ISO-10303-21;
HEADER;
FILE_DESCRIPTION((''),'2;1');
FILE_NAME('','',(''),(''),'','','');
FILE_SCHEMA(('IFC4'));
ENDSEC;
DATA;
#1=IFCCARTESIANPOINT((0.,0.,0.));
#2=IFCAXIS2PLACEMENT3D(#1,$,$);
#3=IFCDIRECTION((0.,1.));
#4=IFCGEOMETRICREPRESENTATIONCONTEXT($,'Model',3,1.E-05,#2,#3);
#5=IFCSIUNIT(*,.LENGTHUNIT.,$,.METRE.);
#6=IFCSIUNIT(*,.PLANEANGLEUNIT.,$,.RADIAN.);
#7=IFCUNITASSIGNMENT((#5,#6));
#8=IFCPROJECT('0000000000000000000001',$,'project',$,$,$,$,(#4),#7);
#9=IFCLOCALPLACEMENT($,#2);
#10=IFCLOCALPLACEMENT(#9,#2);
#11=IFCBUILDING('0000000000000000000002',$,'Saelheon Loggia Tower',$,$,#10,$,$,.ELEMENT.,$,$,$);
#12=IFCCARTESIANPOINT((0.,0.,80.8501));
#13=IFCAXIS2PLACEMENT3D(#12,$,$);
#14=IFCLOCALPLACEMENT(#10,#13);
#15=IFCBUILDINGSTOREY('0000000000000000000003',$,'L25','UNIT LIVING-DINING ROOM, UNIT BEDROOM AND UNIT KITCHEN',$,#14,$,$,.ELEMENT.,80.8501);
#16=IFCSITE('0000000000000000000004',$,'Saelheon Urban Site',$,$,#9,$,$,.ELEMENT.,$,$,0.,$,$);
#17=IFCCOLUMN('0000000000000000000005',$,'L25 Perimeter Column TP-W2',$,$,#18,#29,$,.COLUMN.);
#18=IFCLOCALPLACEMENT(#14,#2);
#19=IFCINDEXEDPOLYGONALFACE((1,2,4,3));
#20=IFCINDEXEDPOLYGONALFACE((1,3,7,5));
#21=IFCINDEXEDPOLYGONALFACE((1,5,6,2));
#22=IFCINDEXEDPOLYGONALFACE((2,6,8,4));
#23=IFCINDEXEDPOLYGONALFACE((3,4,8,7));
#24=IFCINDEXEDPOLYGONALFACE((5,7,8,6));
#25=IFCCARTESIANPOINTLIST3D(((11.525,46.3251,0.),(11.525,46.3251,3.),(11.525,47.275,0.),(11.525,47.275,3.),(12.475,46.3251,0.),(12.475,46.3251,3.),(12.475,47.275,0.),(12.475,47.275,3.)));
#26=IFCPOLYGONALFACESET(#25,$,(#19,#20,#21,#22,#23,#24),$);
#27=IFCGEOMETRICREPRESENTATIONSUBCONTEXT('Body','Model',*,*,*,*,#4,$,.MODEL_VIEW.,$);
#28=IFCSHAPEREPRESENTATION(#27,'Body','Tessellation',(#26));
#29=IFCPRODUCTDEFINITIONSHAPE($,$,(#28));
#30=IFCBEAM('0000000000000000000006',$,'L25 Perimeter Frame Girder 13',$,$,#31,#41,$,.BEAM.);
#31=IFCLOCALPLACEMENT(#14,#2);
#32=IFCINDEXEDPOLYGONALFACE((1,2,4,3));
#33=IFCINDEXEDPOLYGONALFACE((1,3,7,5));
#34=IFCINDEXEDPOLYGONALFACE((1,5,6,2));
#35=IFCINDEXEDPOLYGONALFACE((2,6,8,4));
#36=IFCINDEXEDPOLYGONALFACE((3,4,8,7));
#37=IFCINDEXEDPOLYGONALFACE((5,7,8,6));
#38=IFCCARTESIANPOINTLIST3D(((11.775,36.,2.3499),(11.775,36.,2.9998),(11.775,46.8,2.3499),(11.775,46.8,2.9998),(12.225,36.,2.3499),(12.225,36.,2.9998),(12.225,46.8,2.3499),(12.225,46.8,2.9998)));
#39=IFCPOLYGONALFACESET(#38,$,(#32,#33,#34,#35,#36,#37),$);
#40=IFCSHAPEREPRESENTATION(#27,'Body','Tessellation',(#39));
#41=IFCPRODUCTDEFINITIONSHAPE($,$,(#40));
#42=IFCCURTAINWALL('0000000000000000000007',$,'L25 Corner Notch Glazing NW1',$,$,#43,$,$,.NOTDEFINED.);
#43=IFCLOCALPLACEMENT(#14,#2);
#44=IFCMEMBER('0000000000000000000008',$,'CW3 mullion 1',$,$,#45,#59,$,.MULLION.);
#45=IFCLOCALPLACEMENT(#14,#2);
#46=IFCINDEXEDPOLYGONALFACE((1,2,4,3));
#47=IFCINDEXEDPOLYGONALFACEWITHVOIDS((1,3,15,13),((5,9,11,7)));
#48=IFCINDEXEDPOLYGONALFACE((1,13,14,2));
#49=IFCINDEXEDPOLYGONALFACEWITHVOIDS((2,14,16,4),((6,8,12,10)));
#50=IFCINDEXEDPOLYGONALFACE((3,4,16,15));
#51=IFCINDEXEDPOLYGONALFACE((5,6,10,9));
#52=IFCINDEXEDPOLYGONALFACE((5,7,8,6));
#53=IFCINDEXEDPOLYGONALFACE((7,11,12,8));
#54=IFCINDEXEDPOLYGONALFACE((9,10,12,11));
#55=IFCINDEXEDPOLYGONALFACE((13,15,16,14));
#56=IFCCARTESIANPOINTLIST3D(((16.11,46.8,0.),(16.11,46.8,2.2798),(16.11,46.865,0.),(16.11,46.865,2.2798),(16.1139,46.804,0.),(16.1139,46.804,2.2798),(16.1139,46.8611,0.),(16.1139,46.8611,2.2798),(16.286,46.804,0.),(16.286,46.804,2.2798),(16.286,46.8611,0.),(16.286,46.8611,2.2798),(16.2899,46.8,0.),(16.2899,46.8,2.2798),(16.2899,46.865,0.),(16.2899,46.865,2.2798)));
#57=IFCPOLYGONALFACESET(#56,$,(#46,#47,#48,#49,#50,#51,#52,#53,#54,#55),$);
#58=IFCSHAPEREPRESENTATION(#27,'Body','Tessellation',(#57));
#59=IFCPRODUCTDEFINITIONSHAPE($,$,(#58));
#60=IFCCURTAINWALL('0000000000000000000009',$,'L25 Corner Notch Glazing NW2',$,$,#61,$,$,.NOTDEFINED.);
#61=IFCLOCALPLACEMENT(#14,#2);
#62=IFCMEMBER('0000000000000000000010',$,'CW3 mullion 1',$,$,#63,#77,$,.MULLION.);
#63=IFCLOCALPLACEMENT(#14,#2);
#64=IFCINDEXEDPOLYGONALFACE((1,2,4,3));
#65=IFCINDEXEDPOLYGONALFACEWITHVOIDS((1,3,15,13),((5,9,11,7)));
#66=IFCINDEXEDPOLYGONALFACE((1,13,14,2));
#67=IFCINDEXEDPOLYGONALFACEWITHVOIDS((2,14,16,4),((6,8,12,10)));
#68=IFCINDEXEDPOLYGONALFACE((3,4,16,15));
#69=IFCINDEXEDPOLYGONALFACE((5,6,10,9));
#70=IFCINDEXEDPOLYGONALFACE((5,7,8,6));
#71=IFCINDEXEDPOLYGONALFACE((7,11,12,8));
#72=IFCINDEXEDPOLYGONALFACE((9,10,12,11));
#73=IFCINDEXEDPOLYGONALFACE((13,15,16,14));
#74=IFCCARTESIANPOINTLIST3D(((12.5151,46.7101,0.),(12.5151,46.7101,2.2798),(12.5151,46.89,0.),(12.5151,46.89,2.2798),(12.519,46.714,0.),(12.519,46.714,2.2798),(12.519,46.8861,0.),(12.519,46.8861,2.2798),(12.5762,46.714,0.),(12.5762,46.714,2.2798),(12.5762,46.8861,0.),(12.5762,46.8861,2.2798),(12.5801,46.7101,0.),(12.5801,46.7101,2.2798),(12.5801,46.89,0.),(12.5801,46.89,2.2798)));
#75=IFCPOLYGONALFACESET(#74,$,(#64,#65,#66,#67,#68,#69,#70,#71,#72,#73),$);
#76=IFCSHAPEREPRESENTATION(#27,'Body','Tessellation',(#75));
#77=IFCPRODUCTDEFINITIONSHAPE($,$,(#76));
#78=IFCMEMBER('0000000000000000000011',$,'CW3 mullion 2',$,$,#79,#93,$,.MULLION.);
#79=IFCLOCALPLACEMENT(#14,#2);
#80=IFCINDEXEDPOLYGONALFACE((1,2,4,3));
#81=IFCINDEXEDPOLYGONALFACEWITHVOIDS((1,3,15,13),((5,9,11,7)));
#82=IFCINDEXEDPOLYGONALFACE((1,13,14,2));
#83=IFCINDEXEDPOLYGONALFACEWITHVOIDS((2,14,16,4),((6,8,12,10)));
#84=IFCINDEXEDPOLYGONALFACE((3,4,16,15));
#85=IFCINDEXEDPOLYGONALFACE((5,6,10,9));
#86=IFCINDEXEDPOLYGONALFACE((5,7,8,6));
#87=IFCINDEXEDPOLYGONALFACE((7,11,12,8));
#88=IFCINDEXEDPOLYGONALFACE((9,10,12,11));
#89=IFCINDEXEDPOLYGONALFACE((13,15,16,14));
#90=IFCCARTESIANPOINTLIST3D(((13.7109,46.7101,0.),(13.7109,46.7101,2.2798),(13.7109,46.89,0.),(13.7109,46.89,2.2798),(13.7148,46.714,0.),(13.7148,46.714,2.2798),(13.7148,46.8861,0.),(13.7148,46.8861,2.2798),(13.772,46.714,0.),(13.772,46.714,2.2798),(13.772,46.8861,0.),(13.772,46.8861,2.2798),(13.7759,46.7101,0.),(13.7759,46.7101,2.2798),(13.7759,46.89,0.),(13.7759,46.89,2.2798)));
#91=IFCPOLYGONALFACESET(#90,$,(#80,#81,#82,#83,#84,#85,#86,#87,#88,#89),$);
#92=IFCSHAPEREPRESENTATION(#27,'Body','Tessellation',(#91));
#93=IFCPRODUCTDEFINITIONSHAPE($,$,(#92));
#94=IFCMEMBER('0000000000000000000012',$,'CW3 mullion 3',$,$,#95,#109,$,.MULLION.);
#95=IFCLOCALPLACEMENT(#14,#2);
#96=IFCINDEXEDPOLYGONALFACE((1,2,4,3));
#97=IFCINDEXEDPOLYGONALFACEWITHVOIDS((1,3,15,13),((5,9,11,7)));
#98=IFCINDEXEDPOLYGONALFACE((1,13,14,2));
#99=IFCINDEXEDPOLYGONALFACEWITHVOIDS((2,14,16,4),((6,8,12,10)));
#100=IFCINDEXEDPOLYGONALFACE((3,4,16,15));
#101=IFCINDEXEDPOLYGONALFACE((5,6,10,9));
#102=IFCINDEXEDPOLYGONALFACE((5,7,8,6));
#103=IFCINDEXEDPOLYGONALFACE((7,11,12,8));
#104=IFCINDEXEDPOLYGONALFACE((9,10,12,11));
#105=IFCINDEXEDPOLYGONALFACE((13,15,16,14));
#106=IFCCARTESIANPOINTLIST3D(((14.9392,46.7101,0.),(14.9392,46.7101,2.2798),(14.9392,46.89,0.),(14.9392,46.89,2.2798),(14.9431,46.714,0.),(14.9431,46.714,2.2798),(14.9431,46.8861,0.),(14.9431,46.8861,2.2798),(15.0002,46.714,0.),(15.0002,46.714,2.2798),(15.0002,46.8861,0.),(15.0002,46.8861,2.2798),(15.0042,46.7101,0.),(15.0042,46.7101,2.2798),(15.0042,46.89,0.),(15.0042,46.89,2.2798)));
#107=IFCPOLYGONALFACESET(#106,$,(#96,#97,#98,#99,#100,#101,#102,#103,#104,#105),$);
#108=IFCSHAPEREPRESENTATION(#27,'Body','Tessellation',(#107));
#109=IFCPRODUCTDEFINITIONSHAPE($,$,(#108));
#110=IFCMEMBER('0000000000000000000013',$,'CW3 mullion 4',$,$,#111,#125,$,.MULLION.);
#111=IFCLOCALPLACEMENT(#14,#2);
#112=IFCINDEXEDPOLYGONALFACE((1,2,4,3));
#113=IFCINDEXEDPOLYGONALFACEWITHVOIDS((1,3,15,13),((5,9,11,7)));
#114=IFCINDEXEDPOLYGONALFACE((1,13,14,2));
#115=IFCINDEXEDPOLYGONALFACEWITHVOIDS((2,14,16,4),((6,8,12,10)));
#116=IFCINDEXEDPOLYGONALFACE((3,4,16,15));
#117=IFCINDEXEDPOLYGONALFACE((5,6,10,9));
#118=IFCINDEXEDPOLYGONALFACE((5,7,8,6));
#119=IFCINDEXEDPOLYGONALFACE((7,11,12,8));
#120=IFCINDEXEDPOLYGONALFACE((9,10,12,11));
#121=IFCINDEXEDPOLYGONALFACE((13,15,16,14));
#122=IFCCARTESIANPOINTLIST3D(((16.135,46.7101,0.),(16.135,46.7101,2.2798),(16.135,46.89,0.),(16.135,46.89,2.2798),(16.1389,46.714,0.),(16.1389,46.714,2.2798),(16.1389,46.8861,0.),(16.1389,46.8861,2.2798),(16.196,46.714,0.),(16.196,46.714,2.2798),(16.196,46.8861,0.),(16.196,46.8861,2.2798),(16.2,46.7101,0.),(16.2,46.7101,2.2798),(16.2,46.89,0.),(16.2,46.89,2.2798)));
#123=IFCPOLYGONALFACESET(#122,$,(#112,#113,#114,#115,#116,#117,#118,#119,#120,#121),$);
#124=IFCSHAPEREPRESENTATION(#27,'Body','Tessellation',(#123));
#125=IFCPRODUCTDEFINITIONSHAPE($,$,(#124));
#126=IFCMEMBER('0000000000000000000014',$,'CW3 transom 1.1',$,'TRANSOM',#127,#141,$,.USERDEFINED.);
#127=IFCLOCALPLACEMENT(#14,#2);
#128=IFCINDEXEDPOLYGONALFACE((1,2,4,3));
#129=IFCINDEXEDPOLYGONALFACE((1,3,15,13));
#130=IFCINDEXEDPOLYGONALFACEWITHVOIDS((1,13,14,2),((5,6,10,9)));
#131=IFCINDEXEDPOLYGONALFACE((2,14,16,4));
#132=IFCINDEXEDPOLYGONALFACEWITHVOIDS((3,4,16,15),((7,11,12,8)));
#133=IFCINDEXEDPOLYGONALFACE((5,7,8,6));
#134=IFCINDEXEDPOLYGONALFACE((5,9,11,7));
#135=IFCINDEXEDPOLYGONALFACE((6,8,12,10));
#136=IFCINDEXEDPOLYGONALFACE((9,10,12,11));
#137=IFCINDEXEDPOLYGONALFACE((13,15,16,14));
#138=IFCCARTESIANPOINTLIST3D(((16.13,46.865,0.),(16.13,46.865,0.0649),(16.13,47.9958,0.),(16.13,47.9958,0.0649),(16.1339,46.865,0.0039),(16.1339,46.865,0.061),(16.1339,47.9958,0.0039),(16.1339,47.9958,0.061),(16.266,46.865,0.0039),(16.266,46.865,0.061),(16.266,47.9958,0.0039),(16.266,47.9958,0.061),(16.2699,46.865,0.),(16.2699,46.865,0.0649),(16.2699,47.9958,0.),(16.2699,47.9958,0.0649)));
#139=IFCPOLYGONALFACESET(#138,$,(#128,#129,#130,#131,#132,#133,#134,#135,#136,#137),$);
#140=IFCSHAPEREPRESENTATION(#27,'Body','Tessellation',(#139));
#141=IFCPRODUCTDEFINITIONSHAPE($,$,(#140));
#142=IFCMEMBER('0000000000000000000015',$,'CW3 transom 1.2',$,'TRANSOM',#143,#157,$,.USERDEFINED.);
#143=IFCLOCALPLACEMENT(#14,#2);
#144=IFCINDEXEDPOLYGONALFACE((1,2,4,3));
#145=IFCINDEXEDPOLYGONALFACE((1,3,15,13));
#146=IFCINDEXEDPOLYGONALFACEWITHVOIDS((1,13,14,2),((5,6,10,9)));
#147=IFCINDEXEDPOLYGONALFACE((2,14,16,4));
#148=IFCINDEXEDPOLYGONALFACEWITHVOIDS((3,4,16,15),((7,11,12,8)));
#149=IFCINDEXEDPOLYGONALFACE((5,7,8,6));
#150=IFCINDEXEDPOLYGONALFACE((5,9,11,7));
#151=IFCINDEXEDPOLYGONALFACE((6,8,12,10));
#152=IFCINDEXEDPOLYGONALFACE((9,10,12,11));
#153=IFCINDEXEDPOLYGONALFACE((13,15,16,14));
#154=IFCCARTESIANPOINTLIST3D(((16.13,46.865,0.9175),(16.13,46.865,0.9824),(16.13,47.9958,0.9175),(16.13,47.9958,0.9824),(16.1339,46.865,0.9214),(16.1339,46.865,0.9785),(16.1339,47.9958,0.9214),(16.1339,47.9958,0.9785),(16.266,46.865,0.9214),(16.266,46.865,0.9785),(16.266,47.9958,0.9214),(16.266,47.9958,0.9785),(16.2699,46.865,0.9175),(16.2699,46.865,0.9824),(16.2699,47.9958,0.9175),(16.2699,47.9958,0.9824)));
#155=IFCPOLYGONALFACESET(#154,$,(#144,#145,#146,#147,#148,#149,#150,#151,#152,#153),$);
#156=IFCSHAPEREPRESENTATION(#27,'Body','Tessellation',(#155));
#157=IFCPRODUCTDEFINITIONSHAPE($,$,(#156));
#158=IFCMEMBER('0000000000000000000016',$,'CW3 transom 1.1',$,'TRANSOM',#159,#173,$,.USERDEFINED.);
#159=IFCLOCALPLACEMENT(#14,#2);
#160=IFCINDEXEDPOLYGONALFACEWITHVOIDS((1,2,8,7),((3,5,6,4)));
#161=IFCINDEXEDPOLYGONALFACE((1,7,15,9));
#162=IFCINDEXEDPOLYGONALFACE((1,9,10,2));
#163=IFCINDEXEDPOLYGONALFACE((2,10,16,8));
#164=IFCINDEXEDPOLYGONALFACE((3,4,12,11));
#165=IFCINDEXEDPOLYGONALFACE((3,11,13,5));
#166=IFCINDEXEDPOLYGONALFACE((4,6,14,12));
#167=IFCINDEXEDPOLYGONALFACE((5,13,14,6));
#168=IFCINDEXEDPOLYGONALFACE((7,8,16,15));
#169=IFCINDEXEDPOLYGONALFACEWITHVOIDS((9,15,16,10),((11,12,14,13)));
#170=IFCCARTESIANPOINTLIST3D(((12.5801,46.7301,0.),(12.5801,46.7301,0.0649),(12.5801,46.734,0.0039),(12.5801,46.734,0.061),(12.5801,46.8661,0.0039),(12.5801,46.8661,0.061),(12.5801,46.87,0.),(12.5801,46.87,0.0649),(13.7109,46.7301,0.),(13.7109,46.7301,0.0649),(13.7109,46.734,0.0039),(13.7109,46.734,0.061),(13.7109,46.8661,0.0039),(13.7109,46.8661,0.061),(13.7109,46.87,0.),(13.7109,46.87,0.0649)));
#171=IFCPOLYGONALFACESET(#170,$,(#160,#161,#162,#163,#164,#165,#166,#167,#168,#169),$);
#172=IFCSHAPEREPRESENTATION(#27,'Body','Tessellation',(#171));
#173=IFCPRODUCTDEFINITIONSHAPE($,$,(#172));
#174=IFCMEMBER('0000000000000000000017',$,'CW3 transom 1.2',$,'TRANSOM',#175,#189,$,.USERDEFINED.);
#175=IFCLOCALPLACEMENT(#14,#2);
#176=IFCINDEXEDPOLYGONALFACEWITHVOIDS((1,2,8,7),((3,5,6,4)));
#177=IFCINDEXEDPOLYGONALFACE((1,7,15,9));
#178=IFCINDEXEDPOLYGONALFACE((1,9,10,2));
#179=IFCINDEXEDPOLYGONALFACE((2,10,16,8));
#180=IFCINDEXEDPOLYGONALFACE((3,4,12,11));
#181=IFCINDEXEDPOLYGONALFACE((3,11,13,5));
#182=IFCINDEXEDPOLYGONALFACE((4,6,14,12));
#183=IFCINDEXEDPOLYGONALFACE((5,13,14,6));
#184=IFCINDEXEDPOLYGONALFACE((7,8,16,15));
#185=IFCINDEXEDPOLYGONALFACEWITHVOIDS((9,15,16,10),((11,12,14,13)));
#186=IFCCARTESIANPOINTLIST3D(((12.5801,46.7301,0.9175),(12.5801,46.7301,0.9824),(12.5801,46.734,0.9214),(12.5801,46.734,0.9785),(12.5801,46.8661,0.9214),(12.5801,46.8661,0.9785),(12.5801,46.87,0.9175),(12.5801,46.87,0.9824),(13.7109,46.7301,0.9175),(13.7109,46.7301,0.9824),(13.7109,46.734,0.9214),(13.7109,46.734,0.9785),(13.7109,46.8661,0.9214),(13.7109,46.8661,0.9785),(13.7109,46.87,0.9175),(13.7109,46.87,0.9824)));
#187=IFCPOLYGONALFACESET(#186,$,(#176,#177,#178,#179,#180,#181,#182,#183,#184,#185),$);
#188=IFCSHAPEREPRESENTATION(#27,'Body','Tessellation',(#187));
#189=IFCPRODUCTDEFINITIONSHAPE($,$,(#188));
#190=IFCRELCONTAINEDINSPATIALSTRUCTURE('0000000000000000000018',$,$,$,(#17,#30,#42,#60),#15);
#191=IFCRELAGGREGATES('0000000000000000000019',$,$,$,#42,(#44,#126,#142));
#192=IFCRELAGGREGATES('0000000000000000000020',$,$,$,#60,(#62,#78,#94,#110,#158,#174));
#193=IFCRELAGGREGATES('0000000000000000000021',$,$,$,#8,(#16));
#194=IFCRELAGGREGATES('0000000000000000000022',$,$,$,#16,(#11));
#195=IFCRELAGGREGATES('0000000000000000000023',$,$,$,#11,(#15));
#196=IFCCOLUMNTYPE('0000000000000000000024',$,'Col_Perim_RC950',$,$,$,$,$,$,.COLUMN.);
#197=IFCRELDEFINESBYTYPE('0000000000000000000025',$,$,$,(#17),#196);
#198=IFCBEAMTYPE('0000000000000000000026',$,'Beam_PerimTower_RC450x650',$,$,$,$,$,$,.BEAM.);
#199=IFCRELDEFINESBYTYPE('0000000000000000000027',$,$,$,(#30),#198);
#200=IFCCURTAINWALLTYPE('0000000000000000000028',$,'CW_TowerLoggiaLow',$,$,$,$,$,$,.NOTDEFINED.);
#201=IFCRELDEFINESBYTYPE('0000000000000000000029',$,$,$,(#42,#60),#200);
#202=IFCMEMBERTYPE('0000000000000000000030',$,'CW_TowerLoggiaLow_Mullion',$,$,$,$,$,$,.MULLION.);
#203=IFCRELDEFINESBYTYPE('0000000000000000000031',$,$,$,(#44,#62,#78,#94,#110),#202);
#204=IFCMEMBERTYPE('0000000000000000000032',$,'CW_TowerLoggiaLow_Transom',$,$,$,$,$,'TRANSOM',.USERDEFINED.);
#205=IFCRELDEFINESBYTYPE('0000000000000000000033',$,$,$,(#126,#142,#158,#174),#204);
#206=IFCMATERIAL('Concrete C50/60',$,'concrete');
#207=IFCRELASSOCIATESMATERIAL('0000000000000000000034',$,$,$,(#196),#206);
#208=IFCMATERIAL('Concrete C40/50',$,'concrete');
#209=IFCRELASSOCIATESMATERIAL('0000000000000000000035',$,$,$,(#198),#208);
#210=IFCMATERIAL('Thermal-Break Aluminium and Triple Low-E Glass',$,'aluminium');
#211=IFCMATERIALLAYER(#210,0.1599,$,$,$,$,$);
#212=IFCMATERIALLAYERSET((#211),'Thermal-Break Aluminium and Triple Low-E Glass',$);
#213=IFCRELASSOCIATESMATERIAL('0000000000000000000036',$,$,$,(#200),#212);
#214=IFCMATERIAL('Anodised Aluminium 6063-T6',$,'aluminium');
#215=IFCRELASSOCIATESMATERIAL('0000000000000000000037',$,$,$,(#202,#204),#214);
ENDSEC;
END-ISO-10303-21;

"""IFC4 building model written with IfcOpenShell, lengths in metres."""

from ifc_helpers import new_model, si_unit, direction, frame, origin, origin_2d, place, context, subcontext, project, spatial, rectangle, hollow_rectangle, extrude, source, transform, mapped, material, layer, layer_set, material_profile, profile_set, type_object, element, aggregate, save


model = new_model("IFC4")

# Units and contexts
model_context = context("Model", 3, precision=1e-05, world=origin(), true_north=direction((0.0, 1.0)))
body_context = subcontext(model_context, "Body", "Model", "MODEL_VIEW")
ifc_project = project(units=[si_unit("LENGTHUNIT", "METRE"), si_unit("PLANEANGLEUNIT", "RADIAN")], contexts=[model_context])

# Site, building, storey
site_placement = place(None, origin())
site = spatial("IfcSite", under=ifc_project, at=site_placement, Name="Saelheon Urban Site", CompositionType="ELEMENT", RefElevation=0.0)
building_placement = place(site_placement, origin())
building = spatial("IfcBuilding", under=site, at=building_placement, Name="Saelheon Loggia Tower", CompositionType="ELEMENT")
storey_placement = place(building_placement, frame((0.0, 0.0, 80.8501)))
storey = spatial("IfcBuildingStorey", under=building, at=storey_placement, Name="L25", Description="UNIT LIVING-DINING ROOM, UNIT BEDROOM AND UNIT KITCHEN", CompositionType="ELEMENT", Elevation=80.8501)

# Column
ifc_material_1 = material(Name="Concrete C50/60", Category="concrete")
ifc_material_profile_1 = material_profile(ifc_material_1, rectangle(XDim=0.95, YDim=0.95, at=origin_2d()), Name="RC-950x950")
ifc_profile_set_1 = profile_set([ifc_material_profile_1], Name="Concrete C50/60")
column_type = type_object("IfcColumnType", Name="Col_Perim_RC950", PredefinedType="COLUMN", material=ifc_profile_set_1)
shared_shape_1 = source(origin(), body_context, "Body", "SweptSolid", [
    extrude(rectangle(XDim=0.95, YDim=0.95, at=origin_2d()), origin(), (0.0, 0.0, 1.0), 3.0),
])
column_placement = place(storey_placement, frame((12.0, 46.8, 0.0), z_axis=(0.0, 0.0, 1.0), x_axis=(1.0, 0.0, 0.0)))
element("IfcColumn", 1, at=column_placement, inside=storey, type_object=column_type, Name="L25 Perimeter Column TP-W2", PredefinedType="COLUMN", context=body_context, shape_type="MappedRepresentation", body=[
    mapped(shared_shape_1, transform((0.0, 0.0, 0.0), scale=1.0)),
])

# Beam
ifc_material_2 = material(Name="Concrete C40/50", Category="concrete")
ifc_material_profile_2 = material_profile(ifc_material_2, rectangle(XDim=0.45, YDim=0.6499, at=origin_2d()), Name="RC-450x650")
ifc_profile_set_2 = profile_set([ifc_material_profile_2], Name="Concrete C40/50")
beam_type = type_object("IfcBeamType", Name="Beam_PerimTower_RC450x650", PredefinedType="BEAM", material=ifc_profile_set_2)
shared_shape_2 = source(origin(), body_context, "Body", "SweptSolid", [
    extrude(rectangle(XDim=0.45, YDim=0.6499, at=origin_2d()), origin(), (0.0, 0.0, 1.0), 10.8),
])
beam_placement = place(storey_placement, frame((12.0, 46.8, 2.6748), z_axis=(0.0, -1.0, 0.0), x_axis=(1.0, 0.0, 0.0)))
element("IfcBeam", 2, at=beam_placement, inside=storey, type_object=beam_type, Name="L25 Perimeter Frame Girder 13", PredefinedType="BEAM", context=body_context, shape_type="MappedRepresentation", body=[
    mapped(shared_shape_2, transform((0.0, 0.0, 0.0), scale=1.0)),
])

# Curtain wall, member
ifc_material_3 = material(Name="Thermal-Break Aluminium and Triple Low-E Glass", Category="aluminium")
ifc_layer_1 = layer(ifc_material_3, 0.1599)
ifc_layer_set_1 = layer_set([ifc_layer_1], Name="Thermal-Break Aluminium and Triple Low-E Glass")
curtain_wall_type = type_object("IfcCurtainWallType", Name="CW_TowerLoggiaLow", PredefinedType="NOTDEFINED", material=ifc_layer_set_1)
curtain_wall_1_placement = place(storey_placement, origin())
curtain_wall_1 = element("IfcCurtainWall", 3, at=curtain_wall_1_placement, inside=storey, type_object=curtain_wall_type, Name="L25 Corner Notch Glazing NW1", PredefinedType="NOTDEFINED")
ifc_material_4 = material(Name="Anodised Aluminium 6063-T6", Category="aluminium")
ifc_material_profile_3 = material_profile(ifc_material_4, hollow_rectangle(XDim=0.0649, YDim=0.1799, WallThickness=0.0039, at=origin_2d()), Name="RHS-180x65x4")
ifc_profile_set_3 = profile_set([ifc_material_profile_3], Name="Anodised Aluminium 6063-T6")
member_type_1 = type_object("IfcMemberType", Name="CW_TowerLoggiaLow_Mullion", PredefinedType="MULLION", material=ifc_profile_set_3)
shared_shape_3 = source(origin(), body_context, "Body", "SweptSolid", [
    extrude(hollow_rectangle(XDim=0.0649, YDim=0.1799, WallThickness=0.0039, at=origin_2d()), origin(), (0.0, 0.0, 1.0), 2.2798),
])
member_1_placement = place(storey_placement, frame((16.2, 46.8325, 0.0), z_axis=(0.0, 0.0, 1.0), x_axis=(0.0, 1.0, 0.0)))
member_1 = element("IfcMember", 4, at=member_1_placement, type_object=member_type_1, Name="CW3 mullion 1", PredefinedType="MULLION", context=body_context, shape_type="MappedRepresentation", body=[
    mapped(shared_shape_3, transform((0.0, 0.0, 0.0), scale=1.0)),
])

# Curtain wall, members
curtain_wall_2_placement = place(storey_placement, origin())
curtain_wall_2 = element("IfcCurtainWall", 5, at=curtain_wall_2_placement, inside=storey, type_object=curtain_wall_type, Name="L25 Corner Notch Glazing NW2", PredefinedType="NOTDEFINED")
member_2_placement = place(storey_placement, frame((12.5476, 46.8, 0.0), z_axis=(0.0, 0.0, 1.0), x_axis=(1.0, 0.0, 0.0)))
member_2 = element("IfcMember", 6, at=member_2_placement, type_object=member_type_1, Name="CW3 mullion 1", PredefinedType="MULLION", context=body_context, shape_type="MappedRepresentation", body=[
    mapped(shared_shape_3, transform((0.0, 0.0, 0.0), scale=1.0)),
])
member_3_placement = place(storey_placement, frame((13.7434, 46.8, 0.0), z_axis=(0.0, 0.0, 1.0), x_axis=(1.0, 0.0, 0.0)))
member_3 = element("IfcMember", 7, at=member_3_placement, type_object=member_type_1, Name="CW3 mullion 2", PredefinedType="MULLION", context=body_context, shape_type="MappedRepresentation", body=[
    mapped(shared_shape_3, transform((0.0, 0.0, 0.0), scale=1.0)),
])
member_4_placement = place(storey_placement, frame((14.9717, 46.8, 0.0), z_axis=(0.0, 0.0, 1.0), x_axis=(1.0, 0.0, 0.0)))
member_4 = element("IfcMember", 8, at=member_4_placement, type_object=member_type_1, Name="CW3 mullion 3", PredefinedType="MULLION", context=body_context, shape_type="MappedRepresentation", body=[
    mapped(shared_shape_3, transform((0.0, 0.0, 0.0), scale=1.0)),
])
member_5_placement = place(storey_placement, frame((16.1675, 46.8, 0.0), z_axis=(0.0, 0.0, 1.0), x_axis=(1.0, 0.0, 0.0)))
member_5 = element("IfcMember", 9, at=member_5_placement, type_object=member_type_1, Name="CW3 mullion 4", PredefinedType="MULLION", context=body_context, shape_type="MappedRepresentation", body=[
    mapped(shared_shape_3, transform((0.0, 0.0, 0.0), scale=1.0)),
])

# Members
ifc_material_profile_4 = material_profile(ifc_material_4, hollow_rectangle(XDim=0.0649, YDim=0.1399, WallThickness=0.0039, at=origin_2d()), Name="RHS-140x65x4")
ifc_profile_set_4 = profile_set([ifc_material_profile_4], Name="Anodised Aluminium 6063-T6")
member_type_2 = type_object("IfcMemberType", Name="CW_TowerLoggiaLow_Transom", ElementType="TRANSOM", PredefinedType="USERDEFINED", material=ifc_profile_set_4)
shared_shape_4 = source(origin(), body_context, "Body", "SweptSolid", [
    extrude(hollow_rectangle(XDim=0.0649, YDim=0.1399, WallThickness=0.0039, at=origin_2d()), origin(), (0.0, 0.0, 1.0), 1.1309),
])
member_6_placement = place(storey_placement, frame((16.2, 46.865, 0.0325), z_axis=(0.0, 1.0, 0.0), x_axis=(0.0, 0.0, 1.0)))
member_6 = element("IfcMember", 10, at=member_6_placement, type_object=member_type_2, Name="CW3 transom 1.1", ObjectType="TRANSOM", PredefinedType="USERDEFINED", context=body_context, shape_type="MappedRepresentation", body=[
    mapped(shared_shape_4, transform((0.0, 0.0, 0.0), scale=1.0)),
])
member_7_placement = place(storey_placement, frame((16.2, 46.865, 0.95), z_axis=(0.0, 1.0, 0.0), x_axis=(0.0, 0.0, 1.0)))
member_7 = element("IfcMember", 11, at=member_7_placement, type_object=member_type_2, Name="CW3 transom 1.2", ObjectType="TRANSOM", PredefinedType="USERDEFINED", context=body_context, shape_type="MappedRepresentation", body=[
    mapped(shared_shape_4, transform((0.0, 0.0, 0.0), scale=1.0)),
])
aggregate(curtain_wall_1, [member_1, member_6, member_7])
member_8_placement = place(storey_placement, frame((12.5801, 46.8, 0.0325), z_axis=(1.0, 0.0, 0.0), x_axis=(0.0, 0.0, 1.0)))
member_8 = element("IfcMember", 12, at=member_8_placement, type_object=member_type_2, Name="CW3 transom 1.1", ObjectType="TRANSOM", PredefinedType="USERDEFINED", context=body_context, shape_type="MappedRepresentation", body=[
    mapped(shared_shape_4, transform((0.0, 0.0, 0.0), scale=1.0)),
])
member_9_placement = place(storey_placement, frame((12.5801, 46.8, 0.95), z_axis=(1.0, 0.0, 0.0), x_axis=(0.0, 0.0, 1.0)))
member_9 = element("IfcMember", 13, at=member_9_placement, type_object=member_type_2, Name="CW3 transom 1.2", ObjectType="TRANSOM", PredefinedType="USERDEFINED", context=body_context, shape_type="MappedRepresentation", body=[
    mapped(shared_shape_4, transform((0.0, 0.0, 0.0), scale=1.0)),
])

aggregate(curtain_wall_2, [member_2, member_3, member_4, member_5, member_8, member_9])

save(model, "model.ifc")
